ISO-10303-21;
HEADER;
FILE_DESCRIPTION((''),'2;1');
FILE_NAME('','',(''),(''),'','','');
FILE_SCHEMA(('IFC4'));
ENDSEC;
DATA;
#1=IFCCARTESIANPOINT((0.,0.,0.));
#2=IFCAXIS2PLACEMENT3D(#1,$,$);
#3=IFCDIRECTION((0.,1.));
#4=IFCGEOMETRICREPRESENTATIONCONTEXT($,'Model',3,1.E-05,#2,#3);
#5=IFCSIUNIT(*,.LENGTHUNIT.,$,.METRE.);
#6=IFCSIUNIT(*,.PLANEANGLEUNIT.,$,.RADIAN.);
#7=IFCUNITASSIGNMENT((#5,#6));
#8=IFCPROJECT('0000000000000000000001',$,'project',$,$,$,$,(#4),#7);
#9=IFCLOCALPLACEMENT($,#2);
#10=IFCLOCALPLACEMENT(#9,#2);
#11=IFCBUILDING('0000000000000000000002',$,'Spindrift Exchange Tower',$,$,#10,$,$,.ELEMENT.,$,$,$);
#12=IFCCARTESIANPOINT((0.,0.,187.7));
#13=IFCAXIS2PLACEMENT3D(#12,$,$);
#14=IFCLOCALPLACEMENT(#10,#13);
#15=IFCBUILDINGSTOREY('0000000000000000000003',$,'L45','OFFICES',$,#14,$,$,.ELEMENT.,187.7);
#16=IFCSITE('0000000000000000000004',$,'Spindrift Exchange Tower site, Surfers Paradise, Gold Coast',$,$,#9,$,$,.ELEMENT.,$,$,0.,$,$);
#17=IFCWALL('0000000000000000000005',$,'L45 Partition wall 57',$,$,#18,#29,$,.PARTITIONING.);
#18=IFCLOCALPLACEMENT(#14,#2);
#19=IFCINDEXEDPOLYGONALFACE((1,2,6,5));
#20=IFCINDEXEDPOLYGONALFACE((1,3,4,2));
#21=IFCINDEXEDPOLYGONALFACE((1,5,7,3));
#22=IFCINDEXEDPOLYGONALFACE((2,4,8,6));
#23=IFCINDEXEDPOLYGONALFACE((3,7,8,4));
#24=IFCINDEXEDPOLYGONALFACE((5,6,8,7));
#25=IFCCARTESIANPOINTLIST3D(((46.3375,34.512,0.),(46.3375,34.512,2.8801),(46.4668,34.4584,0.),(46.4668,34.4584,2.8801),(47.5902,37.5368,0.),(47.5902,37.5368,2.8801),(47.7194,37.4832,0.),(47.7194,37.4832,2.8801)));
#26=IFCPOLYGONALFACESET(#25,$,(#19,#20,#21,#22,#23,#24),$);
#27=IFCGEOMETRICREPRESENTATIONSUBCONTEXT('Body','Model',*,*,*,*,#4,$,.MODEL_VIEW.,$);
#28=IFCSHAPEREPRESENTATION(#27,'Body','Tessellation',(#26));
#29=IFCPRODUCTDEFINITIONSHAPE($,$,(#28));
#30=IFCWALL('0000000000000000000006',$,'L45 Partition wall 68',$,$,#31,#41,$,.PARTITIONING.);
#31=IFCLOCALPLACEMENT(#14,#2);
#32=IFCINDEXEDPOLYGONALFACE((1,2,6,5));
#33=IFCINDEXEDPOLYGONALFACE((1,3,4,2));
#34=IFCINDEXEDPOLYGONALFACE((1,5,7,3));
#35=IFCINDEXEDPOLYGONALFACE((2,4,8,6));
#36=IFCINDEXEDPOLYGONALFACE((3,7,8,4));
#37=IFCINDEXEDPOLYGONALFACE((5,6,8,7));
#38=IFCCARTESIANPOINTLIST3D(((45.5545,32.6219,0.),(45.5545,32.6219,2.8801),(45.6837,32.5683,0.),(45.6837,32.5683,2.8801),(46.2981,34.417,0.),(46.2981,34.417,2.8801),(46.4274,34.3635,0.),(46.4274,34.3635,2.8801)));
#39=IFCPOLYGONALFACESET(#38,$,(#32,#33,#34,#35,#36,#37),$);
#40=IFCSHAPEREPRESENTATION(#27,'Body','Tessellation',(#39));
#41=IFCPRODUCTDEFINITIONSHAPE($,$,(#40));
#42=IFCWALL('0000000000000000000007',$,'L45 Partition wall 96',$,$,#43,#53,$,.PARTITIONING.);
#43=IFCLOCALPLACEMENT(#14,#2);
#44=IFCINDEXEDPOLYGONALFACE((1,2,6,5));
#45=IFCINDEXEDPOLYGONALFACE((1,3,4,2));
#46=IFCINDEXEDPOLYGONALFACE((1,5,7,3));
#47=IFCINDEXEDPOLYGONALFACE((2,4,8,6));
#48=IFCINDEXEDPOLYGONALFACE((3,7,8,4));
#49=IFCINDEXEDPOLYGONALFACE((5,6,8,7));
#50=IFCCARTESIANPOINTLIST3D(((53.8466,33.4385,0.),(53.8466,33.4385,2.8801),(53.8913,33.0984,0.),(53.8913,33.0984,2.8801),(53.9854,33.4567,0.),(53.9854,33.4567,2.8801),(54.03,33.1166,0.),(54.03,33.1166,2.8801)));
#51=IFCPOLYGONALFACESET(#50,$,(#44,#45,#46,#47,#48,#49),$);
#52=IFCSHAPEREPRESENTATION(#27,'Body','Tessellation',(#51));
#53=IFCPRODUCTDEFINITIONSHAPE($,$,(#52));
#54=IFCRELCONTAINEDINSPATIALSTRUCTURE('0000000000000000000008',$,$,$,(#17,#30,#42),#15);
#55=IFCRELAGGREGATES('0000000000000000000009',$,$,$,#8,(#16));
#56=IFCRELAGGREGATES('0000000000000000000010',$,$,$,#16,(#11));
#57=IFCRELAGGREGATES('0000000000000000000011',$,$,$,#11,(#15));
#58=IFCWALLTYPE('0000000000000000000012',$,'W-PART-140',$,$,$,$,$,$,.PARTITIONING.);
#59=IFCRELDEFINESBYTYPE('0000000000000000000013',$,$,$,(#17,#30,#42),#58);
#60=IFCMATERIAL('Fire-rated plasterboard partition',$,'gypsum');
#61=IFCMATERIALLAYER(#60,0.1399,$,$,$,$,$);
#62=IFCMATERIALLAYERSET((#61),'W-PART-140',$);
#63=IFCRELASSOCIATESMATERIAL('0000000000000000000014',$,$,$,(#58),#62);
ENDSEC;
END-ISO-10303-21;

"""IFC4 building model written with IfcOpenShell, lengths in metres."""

from ifc_helpers import new_model, si_unit, direction, frame, frame_2d, origin, place, context, subcontext, project, spatial, rectangle, extrude, material, layer, layer_set, type_object, element, save


model = new_model("IFC4")

# Units and contexts
model_context = context("Model", 3, precision=1e-05, world=origin(), true_north=direction((0.0, 1.0)))
body_context = subcontext(model_context, "Body", "Model", "MODEL_VIEW")
ifc_project = project(units=[si_unit("LENGTHUNIT", "METRE"), si_unit("PLANEANGLEUNIT", "RADIAN")], contexts=[model_context])

# Site, building, storey
site_placement = place(None, origin())
site = spatial("IfcSite", under=ifc_project, at=site_placement, Name="Spindrift Exchange Tower site, Surfers Paradise, Gold Coast", CompositionType="ELEMENT", RefElevation=0.0)
building_placement = place(site_placement, origin())
building = spatial("IfcBuilding", under=site, at=building_placement, Name="Spindrift Exchange Tower", CompositionType="ELEMENT")
storey_placement = place(building_placement, frame((0.0, 0.0, 187.7)))
storey = spatial("IfcBuildingStorey", under=building, at=storey_placement, Name="L45", Description="OFFICES", CompositionType="ELEMENT", Elevation=187.7)

# Shared definitions
ifc_material_1 = material(Name="Fire-rated plasterboard partition", Category="gypsum")
ifc_layer_1 = layer(ifc_material_1, 0.1399)
ifc_layer_set_1 = layer_set([ifc_layer_1], Name="W-PART-140")
wall_type_1 = type_object("IfcWallType", Name="W-PART-140", PredefinedType="PARTITIONING", material=ifc_layer_set_1)

# Walls
wall_1_placement = place(storey_placement, frame((47.6548, 37.51, 0.0), z_axis=(0.0, 0.0, 1.0), x_axis=(-0.382613, -0.923909, 0.0)))
element("IfcWall", 1, at=wall_1_placement, inside=storey, type_object=wall_type_1, Name="L45 Partition wall 57", PredefinedType="PARTITIONING", context=body_context, shape_type="SweptSolid", body=[
    extrude(rectangle(XDim=3.2739, YDim=0.1399, at=frame_2d((1.637, 0.0))), origin(), (0.0, 0.0, 1.0), 2.8801),
])
wall_2_placement = place(storey_placement, frame((46.3628, 34.3904, 0.0), z_axis=(0.0, 0.0, 1.0), x_axis=(-0.382714, -0.923867, 0.0)))
element("IfcWall", 2, at=wall_2_placement, inside=storey, type_object=wall_type_1, Name="L45 Partition wall 68", PredefinedType="PARTITIONING", context=body_context, shape_type="SweptSolid", body=[
    extrude(rectangle(XDim=1.9431, YDim=0.1399, at=frame_2d((0.9717, 0.0))), origin(), (0.0, 0.0, 1.0), 2.8801),
])
wall_3_placement = place(storey_placement, frame((53.916, 33.4475, 0.0), z_axis=(0.0, 0.0, 1.0), x_axis=(0.130252, -0.991481, 0.0)))
element("IfcWall", 3, at=wall_3_placement, inside=storey, type_object=wall_type_1, Name="L45 Partition wall 96", PredefinedType="PARTITIONING", context=body_context, shape_type="SweptSolid", body=[
    extrude(rectangle(XDim=0.343, YDim=0.1399, at=frame_2d((0.1714, 0.0))), origin(), (0.0, 0.0, 1.0), 2.8801),
])

save(model, "model.ifc")
